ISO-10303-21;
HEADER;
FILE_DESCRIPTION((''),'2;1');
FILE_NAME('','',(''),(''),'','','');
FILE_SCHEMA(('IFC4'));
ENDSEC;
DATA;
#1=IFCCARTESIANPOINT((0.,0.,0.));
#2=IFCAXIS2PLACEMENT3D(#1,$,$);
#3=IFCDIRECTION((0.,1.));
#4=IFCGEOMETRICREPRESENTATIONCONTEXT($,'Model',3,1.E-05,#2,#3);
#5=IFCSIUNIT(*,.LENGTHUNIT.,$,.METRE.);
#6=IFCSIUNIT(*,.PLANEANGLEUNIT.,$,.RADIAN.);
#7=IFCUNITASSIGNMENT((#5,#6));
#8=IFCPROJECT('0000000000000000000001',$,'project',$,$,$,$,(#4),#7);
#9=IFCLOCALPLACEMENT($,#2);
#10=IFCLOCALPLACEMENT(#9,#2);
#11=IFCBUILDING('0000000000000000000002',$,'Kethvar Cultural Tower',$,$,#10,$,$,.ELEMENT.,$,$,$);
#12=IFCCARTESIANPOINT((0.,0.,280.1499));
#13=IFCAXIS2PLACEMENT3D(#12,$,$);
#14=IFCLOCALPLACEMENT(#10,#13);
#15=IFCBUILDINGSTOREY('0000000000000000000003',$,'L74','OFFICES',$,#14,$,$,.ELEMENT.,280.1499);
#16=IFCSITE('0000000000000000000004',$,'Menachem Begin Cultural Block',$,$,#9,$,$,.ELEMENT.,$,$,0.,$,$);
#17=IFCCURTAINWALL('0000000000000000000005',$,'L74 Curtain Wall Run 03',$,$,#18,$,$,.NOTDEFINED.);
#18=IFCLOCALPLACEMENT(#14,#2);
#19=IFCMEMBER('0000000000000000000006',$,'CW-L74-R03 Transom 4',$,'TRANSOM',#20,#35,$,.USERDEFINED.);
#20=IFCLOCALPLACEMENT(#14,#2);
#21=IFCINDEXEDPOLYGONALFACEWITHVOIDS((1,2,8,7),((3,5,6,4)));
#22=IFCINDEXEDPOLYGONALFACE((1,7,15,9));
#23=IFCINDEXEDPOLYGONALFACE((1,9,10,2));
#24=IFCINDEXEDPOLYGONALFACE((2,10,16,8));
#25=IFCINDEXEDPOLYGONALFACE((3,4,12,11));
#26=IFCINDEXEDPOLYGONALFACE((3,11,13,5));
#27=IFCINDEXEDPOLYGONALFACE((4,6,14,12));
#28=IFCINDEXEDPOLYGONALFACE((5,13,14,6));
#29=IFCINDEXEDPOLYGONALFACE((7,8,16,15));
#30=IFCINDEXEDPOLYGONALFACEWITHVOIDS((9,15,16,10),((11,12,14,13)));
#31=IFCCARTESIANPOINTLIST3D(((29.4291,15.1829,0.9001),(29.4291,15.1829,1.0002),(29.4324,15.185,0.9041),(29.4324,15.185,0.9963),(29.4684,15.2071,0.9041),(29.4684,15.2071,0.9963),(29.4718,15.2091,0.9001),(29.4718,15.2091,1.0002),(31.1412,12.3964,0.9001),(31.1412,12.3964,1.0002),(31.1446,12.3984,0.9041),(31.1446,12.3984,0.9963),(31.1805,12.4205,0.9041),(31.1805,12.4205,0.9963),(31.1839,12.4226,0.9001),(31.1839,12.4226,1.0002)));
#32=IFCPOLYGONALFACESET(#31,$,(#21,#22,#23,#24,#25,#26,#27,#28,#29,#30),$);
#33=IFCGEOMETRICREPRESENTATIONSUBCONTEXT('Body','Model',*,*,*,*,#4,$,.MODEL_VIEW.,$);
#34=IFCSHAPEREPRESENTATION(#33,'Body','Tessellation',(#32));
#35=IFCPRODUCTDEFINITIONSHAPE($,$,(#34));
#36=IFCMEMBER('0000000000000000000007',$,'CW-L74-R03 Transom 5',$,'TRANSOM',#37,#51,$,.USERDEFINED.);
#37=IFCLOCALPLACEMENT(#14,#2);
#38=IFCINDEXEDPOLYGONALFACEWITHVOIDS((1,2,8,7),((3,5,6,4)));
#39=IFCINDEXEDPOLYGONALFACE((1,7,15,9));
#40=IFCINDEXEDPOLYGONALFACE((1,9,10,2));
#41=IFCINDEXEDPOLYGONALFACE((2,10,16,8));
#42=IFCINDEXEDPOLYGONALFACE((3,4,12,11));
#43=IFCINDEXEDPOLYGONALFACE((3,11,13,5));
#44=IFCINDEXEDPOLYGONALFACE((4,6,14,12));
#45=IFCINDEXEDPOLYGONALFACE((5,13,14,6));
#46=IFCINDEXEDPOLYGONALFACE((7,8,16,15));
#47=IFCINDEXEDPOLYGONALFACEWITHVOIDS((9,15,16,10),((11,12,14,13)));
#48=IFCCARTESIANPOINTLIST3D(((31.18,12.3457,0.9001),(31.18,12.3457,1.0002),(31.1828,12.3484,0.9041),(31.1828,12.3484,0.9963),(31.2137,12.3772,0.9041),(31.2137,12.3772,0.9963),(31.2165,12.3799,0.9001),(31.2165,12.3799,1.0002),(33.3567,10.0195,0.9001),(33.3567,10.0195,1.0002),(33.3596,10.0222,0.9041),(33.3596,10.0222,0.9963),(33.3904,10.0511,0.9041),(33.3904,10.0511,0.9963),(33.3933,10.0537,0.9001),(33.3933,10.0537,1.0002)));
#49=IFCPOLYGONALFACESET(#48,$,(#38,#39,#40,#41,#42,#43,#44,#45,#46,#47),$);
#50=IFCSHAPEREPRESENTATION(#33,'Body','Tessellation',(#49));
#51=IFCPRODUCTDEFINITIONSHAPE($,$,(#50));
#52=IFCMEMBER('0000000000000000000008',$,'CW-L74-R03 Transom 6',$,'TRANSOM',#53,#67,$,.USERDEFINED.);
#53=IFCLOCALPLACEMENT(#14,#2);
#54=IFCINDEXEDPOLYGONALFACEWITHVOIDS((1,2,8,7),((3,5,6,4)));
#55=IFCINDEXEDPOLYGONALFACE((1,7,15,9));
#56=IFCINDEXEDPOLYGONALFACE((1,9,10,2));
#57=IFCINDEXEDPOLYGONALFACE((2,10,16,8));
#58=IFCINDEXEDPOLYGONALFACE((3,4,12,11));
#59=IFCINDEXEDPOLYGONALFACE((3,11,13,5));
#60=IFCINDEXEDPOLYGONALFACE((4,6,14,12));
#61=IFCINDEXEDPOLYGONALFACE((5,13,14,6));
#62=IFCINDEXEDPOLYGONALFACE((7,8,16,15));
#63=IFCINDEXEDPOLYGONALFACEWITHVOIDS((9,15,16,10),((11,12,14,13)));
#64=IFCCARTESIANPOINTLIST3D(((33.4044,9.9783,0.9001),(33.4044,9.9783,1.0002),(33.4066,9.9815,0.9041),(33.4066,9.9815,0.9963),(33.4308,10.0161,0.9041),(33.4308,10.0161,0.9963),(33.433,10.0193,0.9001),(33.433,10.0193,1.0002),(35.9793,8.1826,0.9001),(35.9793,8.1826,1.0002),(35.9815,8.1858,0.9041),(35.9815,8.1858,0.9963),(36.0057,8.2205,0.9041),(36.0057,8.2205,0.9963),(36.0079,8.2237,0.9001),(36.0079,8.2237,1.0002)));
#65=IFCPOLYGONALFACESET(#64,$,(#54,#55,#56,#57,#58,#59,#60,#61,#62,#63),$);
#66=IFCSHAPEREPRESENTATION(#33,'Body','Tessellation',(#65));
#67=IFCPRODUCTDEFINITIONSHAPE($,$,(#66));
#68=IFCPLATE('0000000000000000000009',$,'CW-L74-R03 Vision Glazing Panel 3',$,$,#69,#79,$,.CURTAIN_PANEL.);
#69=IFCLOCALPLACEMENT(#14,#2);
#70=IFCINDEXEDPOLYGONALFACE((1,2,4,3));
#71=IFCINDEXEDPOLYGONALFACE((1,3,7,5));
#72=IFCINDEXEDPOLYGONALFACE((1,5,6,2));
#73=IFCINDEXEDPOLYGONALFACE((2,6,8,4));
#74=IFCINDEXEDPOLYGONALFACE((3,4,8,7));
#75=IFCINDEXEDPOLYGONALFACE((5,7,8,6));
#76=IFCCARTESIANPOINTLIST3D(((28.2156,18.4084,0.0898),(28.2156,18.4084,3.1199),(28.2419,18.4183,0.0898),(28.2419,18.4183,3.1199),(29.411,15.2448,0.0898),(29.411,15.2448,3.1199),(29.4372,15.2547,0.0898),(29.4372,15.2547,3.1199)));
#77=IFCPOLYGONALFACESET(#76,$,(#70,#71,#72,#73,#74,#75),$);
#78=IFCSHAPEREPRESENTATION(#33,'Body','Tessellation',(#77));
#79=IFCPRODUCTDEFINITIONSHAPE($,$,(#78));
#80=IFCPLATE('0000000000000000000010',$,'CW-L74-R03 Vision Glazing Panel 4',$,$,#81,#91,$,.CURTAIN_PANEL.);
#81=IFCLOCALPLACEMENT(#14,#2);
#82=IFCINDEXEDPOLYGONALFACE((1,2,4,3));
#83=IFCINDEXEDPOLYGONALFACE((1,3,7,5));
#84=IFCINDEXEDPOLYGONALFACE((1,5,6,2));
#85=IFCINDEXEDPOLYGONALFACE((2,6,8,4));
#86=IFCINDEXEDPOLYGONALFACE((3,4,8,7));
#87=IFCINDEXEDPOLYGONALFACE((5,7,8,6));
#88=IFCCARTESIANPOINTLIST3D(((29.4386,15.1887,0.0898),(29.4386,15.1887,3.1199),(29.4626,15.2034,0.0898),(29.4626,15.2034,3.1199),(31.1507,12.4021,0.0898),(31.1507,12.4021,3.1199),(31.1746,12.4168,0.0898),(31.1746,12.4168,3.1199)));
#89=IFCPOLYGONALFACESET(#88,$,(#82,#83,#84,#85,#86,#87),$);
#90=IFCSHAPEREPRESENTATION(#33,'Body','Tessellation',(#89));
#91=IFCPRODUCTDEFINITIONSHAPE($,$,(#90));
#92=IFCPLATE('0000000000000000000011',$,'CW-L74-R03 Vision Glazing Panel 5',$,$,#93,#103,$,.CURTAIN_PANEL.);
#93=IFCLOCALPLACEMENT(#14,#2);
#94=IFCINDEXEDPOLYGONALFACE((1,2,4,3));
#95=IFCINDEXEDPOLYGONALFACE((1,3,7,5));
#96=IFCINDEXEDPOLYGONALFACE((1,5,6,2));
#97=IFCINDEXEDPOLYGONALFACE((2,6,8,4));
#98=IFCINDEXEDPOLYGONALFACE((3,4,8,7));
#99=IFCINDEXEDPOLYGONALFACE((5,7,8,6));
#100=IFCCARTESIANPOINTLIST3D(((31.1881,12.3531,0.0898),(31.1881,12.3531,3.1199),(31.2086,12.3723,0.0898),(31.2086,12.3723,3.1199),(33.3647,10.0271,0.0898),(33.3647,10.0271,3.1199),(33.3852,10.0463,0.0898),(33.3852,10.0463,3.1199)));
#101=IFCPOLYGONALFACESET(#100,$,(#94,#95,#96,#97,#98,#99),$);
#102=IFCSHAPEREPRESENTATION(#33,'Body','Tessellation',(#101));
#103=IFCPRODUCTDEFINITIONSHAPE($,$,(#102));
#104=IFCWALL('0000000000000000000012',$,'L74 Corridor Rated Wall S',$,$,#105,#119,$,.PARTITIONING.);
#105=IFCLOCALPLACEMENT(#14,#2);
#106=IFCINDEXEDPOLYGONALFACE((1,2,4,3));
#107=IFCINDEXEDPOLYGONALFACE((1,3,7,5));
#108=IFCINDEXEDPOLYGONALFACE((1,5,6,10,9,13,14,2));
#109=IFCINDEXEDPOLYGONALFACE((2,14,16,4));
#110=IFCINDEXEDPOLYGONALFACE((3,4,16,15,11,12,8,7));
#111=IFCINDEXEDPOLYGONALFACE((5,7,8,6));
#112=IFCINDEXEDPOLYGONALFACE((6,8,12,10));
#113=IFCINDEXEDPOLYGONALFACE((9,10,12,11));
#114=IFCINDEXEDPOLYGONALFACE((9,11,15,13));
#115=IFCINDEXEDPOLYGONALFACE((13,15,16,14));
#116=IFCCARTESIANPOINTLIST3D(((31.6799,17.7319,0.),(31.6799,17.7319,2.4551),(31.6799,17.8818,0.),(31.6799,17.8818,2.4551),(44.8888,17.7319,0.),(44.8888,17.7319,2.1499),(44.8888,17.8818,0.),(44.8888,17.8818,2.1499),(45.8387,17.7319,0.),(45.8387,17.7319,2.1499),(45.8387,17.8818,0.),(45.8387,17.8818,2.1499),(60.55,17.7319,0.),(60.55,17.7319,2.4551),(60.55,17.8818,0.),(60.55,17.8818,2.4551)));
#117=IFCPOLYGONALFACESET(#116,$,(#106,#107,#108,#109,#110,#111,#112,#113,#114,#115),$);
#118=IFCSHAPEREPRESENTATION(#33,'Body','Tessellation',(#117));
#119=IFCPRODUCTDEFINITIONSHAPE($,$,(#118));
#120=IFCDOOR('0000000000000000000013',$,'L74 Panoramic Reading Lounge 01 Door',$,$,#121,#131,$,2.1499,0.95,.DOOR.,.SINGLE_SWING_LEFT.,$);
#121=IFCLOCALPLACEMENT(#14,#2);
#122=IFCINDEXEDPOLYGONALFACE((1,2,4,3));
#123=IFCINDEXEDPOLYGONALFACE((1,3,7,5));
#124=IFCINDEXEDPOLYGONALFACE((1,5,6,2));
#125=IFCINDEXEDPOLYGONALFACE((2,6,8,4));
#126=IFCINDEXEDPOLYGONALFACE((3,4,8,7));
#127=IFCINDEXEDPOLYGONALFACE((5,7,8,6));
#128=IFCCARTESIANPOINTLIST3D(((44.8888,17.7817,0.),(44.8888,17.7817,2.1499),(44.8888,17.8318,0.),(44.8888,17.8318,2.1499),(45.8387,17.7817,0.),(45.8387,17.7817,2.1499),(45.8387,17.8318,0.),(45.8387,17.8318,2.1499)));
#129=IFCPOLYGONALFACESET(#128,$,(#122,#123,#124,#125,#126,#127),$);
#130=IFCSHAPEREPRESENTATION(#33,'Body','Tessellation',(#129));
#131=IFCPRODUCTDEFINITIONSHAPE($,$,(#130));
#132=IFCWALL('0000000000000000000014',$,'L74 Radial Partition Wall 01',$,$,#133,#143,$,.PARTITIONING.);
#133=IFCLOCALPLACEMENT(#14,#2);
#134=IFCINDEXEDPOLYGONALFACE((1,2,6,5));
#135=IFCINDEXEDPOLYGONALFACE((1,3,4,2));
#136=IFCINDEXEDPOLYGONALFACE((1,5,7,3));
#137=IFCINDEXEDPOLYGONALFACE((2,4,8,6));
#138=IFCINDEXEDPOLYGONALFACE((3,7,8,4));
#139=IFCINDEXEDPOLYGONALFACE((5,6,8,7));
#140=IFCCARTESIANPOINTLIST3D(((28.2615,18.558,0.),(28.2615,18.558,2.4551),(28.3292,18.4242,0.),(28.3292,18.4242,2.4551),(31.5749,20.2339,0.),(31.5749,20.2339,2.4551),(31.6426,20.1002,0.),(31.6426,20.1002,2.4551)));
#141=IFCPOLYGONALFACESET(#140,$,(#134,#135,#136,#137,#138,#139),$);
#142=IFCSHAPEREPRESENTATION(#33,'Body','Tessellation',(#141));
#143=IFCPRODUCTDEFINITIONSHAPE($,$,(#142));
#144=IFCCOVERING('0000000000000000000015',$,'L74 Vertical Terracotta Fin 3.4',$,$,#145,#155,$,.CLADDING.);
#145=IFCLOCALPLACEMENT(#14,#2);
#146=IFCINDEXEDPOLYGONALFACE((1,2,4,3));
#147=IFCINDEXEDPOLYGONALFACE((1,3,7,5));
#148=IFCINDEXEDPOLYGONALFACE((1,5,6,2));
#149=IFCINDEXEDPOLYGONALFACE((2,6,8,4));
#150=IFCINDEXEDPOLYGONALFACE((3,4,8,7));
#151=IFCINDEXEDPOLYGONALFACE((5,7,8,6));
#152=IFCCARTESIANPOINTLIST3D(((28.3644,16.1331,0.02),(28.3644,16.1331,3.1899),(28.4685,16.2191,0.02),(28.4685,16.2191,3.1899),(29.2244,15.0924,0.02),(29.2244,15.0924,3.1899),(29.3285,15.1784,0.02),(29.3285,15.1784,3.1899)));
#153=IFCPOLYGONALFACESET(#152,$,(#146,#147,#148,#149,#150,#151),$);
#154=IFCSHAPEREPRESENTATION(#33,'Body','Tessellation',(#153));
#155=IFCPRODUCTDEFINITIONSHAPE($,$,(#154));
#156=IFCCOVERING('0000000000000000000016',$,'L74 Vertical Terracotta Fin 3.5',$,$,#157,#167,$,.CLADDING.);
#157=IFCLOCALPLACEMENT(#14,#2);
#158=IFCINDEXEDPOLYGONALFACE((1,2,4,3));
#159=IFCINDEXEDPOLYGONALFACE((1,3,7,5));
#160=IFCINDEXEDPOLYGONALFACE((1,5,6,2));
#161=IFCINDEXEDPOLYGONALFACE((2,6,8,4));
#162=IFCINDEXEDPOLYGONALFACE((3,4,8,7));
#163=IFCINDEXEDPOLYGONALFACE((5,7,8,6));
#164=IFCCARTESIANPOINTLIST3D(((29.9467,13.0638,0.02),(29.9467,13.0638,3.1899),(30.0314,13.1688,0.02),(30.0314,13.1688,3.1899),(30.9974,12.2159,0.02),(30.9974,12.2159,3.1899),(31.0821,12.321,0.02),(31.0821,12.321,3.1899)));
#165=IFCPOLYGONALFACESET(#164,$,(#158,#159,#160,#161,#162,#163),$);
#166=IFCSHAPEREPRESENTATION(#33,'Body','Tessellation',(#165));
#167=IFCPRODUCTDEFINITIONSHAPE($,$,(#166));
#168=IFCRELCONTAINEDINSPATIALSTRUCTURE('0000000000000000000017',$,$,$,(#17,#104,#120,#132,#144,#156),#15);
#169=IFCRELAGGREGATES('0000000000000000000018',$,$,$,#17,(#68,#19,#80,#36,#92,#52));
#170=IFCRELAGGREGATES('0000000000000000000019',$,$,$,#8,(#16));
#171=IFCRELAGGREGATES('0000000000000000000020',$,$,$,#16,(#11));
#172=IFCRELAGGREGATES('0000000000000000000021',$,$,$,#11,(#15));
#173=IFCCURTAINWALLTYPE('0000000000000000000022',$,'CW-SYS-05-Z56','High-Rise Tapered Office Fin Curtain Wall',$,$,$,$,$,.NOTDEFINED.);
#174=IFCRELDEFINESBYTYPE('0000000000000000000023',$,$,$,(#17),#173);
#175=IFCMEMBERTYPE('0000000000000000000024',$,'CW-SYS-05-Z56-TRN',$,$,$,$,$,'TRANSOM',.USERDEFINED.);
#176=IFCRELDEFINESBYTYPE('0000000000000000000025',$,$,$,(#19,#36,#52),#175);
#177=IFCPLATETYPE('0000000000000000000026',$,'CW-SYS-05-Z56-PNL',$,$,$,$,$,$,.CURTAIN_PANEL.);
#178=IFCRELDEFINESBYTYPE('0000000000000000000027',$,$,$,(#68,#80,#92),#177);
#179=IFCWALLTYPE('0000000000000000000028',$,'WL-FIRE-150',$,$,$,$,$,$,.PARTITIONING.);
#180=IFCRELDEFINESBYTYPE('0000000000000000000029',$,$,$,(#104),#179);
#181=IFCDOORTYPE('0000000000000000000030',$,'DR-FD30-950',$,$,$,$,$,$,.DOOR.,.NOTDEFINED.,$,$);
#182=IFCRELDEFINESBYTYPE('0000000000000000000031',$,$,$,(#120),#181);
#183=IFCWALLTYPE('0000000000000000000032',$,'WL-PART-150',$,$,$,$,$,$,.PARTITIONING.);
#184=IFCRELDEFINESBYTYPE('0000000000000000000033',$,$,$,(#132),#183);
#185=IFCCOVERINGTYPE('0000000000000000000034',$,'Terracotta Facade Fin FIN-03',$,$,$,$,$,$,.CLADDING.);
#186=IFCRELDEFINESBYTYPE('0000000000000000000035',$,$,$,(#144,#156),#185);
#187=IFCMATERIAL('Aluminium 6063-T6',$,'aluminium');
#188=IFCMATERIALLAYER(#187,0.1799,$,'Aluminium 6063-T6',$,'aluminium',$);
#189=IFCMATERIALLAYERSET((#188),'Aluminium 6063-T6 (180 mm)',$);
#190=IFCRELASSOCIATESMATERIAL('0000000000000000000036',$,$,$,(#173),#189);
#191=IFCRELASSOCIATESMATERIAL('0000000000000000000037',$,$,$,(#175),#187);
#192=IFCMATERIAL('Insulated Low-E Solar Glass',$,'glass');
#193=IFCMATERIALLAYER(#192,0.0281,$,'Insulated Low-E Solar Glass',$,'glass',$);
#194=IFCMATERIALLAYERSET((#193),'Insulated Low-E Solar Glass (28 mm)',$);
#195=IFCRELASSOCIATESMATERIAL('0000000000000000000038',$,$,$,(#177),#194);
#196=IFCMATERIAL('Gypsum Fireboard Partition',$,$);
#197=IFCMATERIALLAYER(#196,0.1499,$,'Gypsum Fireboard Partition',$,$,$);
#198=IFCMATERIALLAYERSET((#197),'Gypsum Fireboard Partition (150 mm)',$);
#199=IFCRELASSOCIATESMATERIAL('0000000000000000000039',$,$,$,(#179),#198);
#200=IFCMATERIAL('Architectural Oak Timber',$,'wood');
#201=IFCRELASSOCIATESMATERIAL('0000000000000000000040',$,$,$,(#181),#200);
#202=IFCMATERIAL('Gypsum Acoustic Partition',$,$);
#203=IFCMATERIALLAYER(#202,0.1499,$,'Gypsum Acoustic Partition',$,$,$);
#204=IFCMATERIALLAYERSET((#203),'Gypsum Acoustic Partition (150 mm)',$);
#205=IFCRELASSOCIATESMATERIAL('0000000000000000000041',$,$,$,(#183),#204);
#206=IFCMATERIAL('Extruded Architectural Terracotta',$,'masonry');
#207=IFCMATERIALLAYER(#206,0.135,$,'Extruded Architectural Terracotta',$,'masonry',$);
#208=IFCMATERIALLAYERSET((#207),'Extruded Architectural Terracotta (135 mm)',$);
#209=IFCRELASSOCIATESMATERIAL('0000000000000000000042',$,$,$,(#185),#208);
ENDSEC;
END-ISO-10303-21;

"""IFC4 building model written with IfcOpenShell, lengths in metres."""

from ifc_helpers import new_model, si_unit, direction, frame, frame_2d, origin, origin_2d, place, context, subcontext, project, spatial, rectangle, hollow_rectangle, extrude, source, transform, mapped, material, layer, layer_set, material_profile, profile_set, type_object, element, fill, aggregate, save


model = new_model("IFC4")

# Units and contexts
model_context = context("Model", 3, precision=1e-05, world=origin(), true_north=direction((0.0, 1.0)))
body_context = subcontext(model_context, "Body", "Model", "MODEL_VIEW")
ifc_project = project(units=[si_unit("LENGTHUNIT", "METRE"), si_unit("PLANEANGLEUNIT", "RADIAN")], contexts=[model_context])

# Site, building, storey
site_placement = place(None, origin())
site = spatial("IfcSite", under=ifc_project, at=site_placement, Name="Menachem Begin Cultural Block", CompositionType="ELEMENT", RefElevation=0.0)
building_placement = place(site_placement, origin())
building = spatial("IfcBuilding", under=site, at=building_placement, Name="Kethvar Cultural Tower", CompositionType="ELEMENT")
storey_placement = place(building_placement, frame((0.0, 0.0, 280.1499)))
storey = spatial("IfcBuildingStorey", under=building, at=storey_placement, Name="L74", Description="OFFICES", CompositionType="ELEMENT", Elevation=280.1499)

# Curtain wall, members, plates
ifc_material_1 = material(Name="Aluminium 6063-T6", Category="aluminium")
ifc_layer_1 = layer(ifc_material_1, 0.1799, Name="Aluminium 6063-T6", Category="aluminium")
ifc_layer_set_1 = layer_set([ifc_layer_1], Name="Aluminium 6063-T6 (180 mm)")
curtain_wall_type = type_object("IfcCurtainWallType", Name="CW-SYS-05-Z56", Description="High-Rise Tapered Office Fin Curtain Wall", PredefinedType="NOTDEFINED", material=ifc_layer_set_1)
curtain_wall_placement = place(storey_placement, origin())
curtain_wall = element("IfcCurtainWall", 1, at=curtain_wall_placement, inside=storey, type_object=curtain_wall_type, Name="L74 Curtain Wall Run 03", PredefinedType="NOTDEFINED")
ifc_material_profile_1 = material_profile(ifc_material_1, hollow_rectangle(XDim=0.05, YDim=0.1001, WallThickness=0.0039, at=origin_2d()), Name="Aluminium 6063-T6 — RHS100x50x4")
ifc_profile_set_1 = profile_set([ifc_material_profile_1], Name="Aluminium 6063-T6 — RHS100x50x4")
member_type_1 = type_object("IfcMemberType", Name="CW-SYS-05-Z56-TRN", ElementType="TRANSOM", PredefinedType="USERDEFINED", material=ifc_profile_set_1)
shared_shape_1 = source(origin(), body_context, "Body", "SweptSolid", [
    extrude(hollow_rectangle(XDim=0.05, YDim=0.1001, WallThickness=0.0039, at=origin_2d()), origin(), (0.0, 0.0, 1.0), 3.2705),
])
member_1_placement = place(storey_placement, frame((29.4504, 15.196, 0.9502), z_axis=(0.523502, -0.852025, 0.0), x_axis=(0.852025, 0.523502, 0.0)))
member_1 = element("IfcMember", 2, at=member_1_placement, type_object=member_type_1, Name="CW-L74-R03 Transom 4", ObjectType="TRANSOM", PredefinedType="USERDEFINED", context=body_context, shape_type="MappedRepresentation", body=[
    mapped(shared_shape_1, transform((0.0, 0.0, 0.0), scale=1.0)),
])
shared_shape_2 = source(origin(), body_context, "Body", "SweptSolid", [
    extrude(hollow_rectangle(XDim=0.05, YDim=0.1001, WallThickness=0.0039, at=origin_2d()), origin(), (0.0, 0.0, 1.0), 3.1858),
])
member_2_placement = place(storey_placement, frame((31.1982, 12.3628, 0.9502), z_axis=(0.683268, -0.730168, 0.0), x_axis=(0.730168, 0.683268, 0.0)))
member_2 = element("IfcMember", 3, at=member_2_placement, type_object=member_type_1, Name="CW-L74-R03 Transom 5", ObjectType="TRANSOM", PredefinedType="USERDEFINED", context=body_context, shape_type="MappedRepresentation", body=[
    mapped(shared_shape_2, transform((0.0, 0.0, 0.0), scale=1.0)),
])
shared_shape_3 = source(origin(), body_context, "Body", "SweptSolid", [
    extrude(hollow_rectangle(XDim=0.05, YDim=0.1001, WallThickness=0.0039, at=origin_2d()), origin(), (0.0, 0.0, 1.0), 3.1392),
])
member_3_placement = place(storey_placement, frame((33.4187, 9.9988, 0.9502), z_axis=(0.82025, -0.572005, 0.0), x_axis=(0.572005, 0.82025, 0.0)))
member_3 = element("IfcMember", 4, at=member_3_placement, type_object=member_type_1, Name="CW-L74-R03 Transom 6", ObjectType="TRANSOM", PredefinedType="USERDEFINED", context=body_context, shape_type="MappedRepresentation", body=[
    mapped(shared_shape_3, transform((0.0, 0.0, 0.0), scale=1.0)),
])
ifc_material_2 = material(Name="Insulated Low-E Solar Glass", Category="glass")
ifc_layer_2 = layer(ifc_material_2, 0.0281, Name="Insulated Low-E Solar Glass", Category="glass")
ifc_layer_set_2 = layer_set([ifc_layer_2], Name="Insulated Low-E Solar Glass (28 mm)")
plate_type = type_object("IfcPlateType", Name="CW-SYS-05-Z56-PNL", PredefinedType="CURTAIN_PANEL", material=ifc_layer_set_2)
shared_shape_4 = source(origin(), body_context, "Body", "SweptSolid", [
    extrude(rectangle(XDim=3.3818, YDim=0.0281, at=origin_2d()), origin(), (0.0, 0.0, 1.0), 3.03),
])
plate_1_placement = place(storey_placement, frame((28.8264, 16.8315, 0.0898), z_axis=(0.0, 0.0, 1.0), x_axis=(0.353459, -0.93545, 0.0)))
plate_1 = element("IfcPlate", 5, at=plate_1_placement, type_object=plate_type, Name="CW-L74-R03 Vision Glazing Panel 3", PredefinedType="CURTAIN_PANEL", context=body_context, shape_type="MappedRepresentation", body=[
    mapped(shared_shape_4, transform((0.0, 0.0, 0.0), scale=1.0)),
])
shared_shape_5 = source(origin(), body_context, "Body", "SweptSolid", [
    extrude(rectangle(XDim=3.2705, YDim=0.0281, at=origin_2d()), origin(), (0.0, 0.0, 1.0), 3.03),
])
plate_2_placement = place(storey_placement, frame((30.3066, 13.8027, 0.0898), z_axis=(0.0, 0.0, 1.0), x_axis=(0.523495, -0.852029, 0.0)))
plate_2 = element("IfcPlate", 6, at=plate_2_placement, type_object=plate_type, Name="CW-L74-R03 Vision Glazing Panel 4", PredefinedType="CURTAIN_PANEL", context=body_context, shape_type="MappedRepresentation", body=[
    mapped(shared_shape_5, transform((0.0, 0.0, 0.0), scale=1.0)),
])
shared_shape_6 = source(origin(), body_context, "Body", "SweptSolid", [
    extrude(rectangle(XDim=3.1855, YDim=0.0281, at=origin_2d()), origin(), (0.0, 0.0, 1.0), 3.03),
])
plate_3_placement = place(storey_placement, frame((32.2866, 11.1997, 0.0898), z_axis=(0.0, 0.0, 1.0), x_axis=(0.683274, -0.730162, 0.0)))
plate_3 = element("IfcPlate", 7, at=plate_3_placement, type_object=plate_type, Name="CW-L74-R03 Vision Glazing Panel 5", PredefinedType="CURTAIN_PANEL", context=body_context, shape_type="MappedRepresentation", body=[
    mapped(shared_shape_6, transform((0.0, 0.0, 0.0), scale=1.0)),
])
aggregate(curtain_wall, [plate_1, member_1, plate_2, member_2, plate_3, member_3])

# Wall, opening, door
ifc_material_3 = material(Name="Gypsum Fireboard Partition")
ifc_layer_3 = layer(ifc_material_3, 0.1499, Name="Gypsum Fireboard Partition")
ifc_layer_set_3 = layer_set([ifc_layer_3], Name="Gypsum Fireboard Partition (150 mm)")
wall_type_1 = type_object("IfcWallType", Name="WL-FIRE-150", PredefinedType="PARTITIONING", material=ifc_layer_set_3)
wall_1_placement = place(storey_placement, frame((31.6799, 17.8069, 0.0), z_axis=(0.0, 0.0, 1.0), x_axis=(1.0, 0.0, 0.0)))
wall_1 = element("IfcWall", 8, at=wall_1_placement, inside=storey, type_object=wall_type_1, Name="L74 Corridor Rated Wall S", PredefinedType="PARTITIONING", context=body_context, shape_type="SweptSolid", body=[
    extrude(rectangle(XDim=28.8701, YDim=0.1499, at=frame_2d((14.4351, 0.0))), origin(), (0.0, 0.0, 1.0), 2.4551),
])
opening_placement = place(wall_1_placement, frame((13.2087, 0.0, 0.0)))
opening = element("IfcOpeningElement", 9, at=opening_placement, cuts=wall_1, PredefinedType="OPENING", context=body_context, shape_type="SweptSolid", body=[
    extrude(rectangle(XDim=0.95, YDim=2.1499, at=frame_2d((0.4751, 1.075))), frame((0.0, 0.085, 0.0), z_axis=(0.0, -1.0, 0.0), x_axis=(1.0, 0.0, 0.0)), (0.0, 0.0, 1.0), 0.1699),
])
ifc_material_4 = material(Name="Architectural Oak Timber", Category="wood")
door_type = type_object("IfcDoorType", Name="DR-FD30-950", OperationType="NOTDEFINED", PredefinedType="DOOR", material=ifc_material_4)
shared_shape_7 = source(origin(), body_context, "Body", "SweptSolid", [
    extrude(rectangle(XDim=0.95, YDim=2.1499, at=frame_2d((0.4751, 1.075))), frame((0.0, 0.0249, 0.0), z_axis=(0.0, -1.0, 0.0), x_axis=(1.0, 0.0, 0.0)), (0.0, 0.0, 1.0), 0.05),
])
door_placement = place(opening_placement, origin())
door = element("IfcDoor", 10, at=door_placement, inside=storey, type_object=door_type, Name="L74 Panoramic Reading Lounge 01 Door", OperationType="SINGLE_SWING_LEFT", OverallHeight=2.1499, OverallWidth=0.95, PredefinedType="DOOR", context=body_context, shape_type="MappedRepresentation", body=[
    mapped(shared_shape_7, transform((0.0, 0.0, 0.0), scale=1.0)),
])
fill(opening, door)

# Wall
ifc_material_5 = material(Name="Gypsum Acoustic Partition")
ifc_layer_4 = layer(ifc_material_5, 0.1499, Name="Gypsum Acoustic Partition")
ifc_layer_set_4 = layer_set([ifc_layer_4], Name="Gypsum Acoustic Partition (150 mm)")
wall_type_2 = type_object("IfcWallType", Name="WL-PART-150", PredefinedType="PARTITIONING", material=ifc_layer_set_4)
wall_2_placement = place(storey_placement, frame((31.6086, 20.167, 0.0), z_axis=(0.0, 0.0, 1.0), x_axis=(-0.89234, -0.451364, 0.0)))
element("IfcWall", 11, at=wall_2_placement, inside=storey, type_object=wall_type_2, Name="L74 Radial Partition Wall 01", PredefinedType="PARTITIONING", context=body_context, shape_type="SweptSolid", body=[
    extrude(rectangle(XDim=3.7131, YDim=0.1499, at=frame_2d((1.8564, 0.0))), origin(), (0.0, 0.0, 1.0), 2.4551),
])

# Coverings
ifc_material_6 = material(Name="Extruded Architectural Terracotta", Category="masonry")
ifc_layer_5 = layer(ifc_material_6, 0.135, Name="Extruded Architectural Terracotta", Category="masonry")
ifc_layer_set_5 = layer_set([ifc_layer_5], Name="Extruded Architectural Terracotta (135 mm)")
covering_type = type_object("IfcCoveringType", Name="Terracotta Facade Fin FIN-03", PredefinedType="CLADDING", material=ifc_layer_set_5)
shared_shape_8 = source(origin(), body_context, "Body", "SweptSolid", [
    extrude(rectangle(XDim=1.3501, YDim=0.135, at=origin_2d()), origin(), (0.0, 0.0, 1.0), 3.1699),
])
for number, where, z_axis, x_axis, name in (
    (12, (28.8464, 15.6558, 0.02), (0.0, 0.0, 1.0), (-0.63702, 0.770847, 0.0), "L74 Vertical Terracotta Fin 3.4"),
    (13, (30.5144, 12.6924, 0.02), (0.0, 0.0, 1.0), (-0.778243, 0.627963, 0.0), "L74 Vertical Terracotta Fin 3.5"),
):
    element("IfcCovering", number, at=place(storey_placement, frame(where, z_axis=z_axis, x_axis=x_axis)), inside=storey, type_object=covering_type, Name=name, PredefinedType="CLADDING", context=body_context, shape_type="MappedRepresentation", body=[
        mapped(shared_shape_8, transform((0.0, 0.0, 0.0), scale=1.0)),
    ])

save(model, "model.ifc")
